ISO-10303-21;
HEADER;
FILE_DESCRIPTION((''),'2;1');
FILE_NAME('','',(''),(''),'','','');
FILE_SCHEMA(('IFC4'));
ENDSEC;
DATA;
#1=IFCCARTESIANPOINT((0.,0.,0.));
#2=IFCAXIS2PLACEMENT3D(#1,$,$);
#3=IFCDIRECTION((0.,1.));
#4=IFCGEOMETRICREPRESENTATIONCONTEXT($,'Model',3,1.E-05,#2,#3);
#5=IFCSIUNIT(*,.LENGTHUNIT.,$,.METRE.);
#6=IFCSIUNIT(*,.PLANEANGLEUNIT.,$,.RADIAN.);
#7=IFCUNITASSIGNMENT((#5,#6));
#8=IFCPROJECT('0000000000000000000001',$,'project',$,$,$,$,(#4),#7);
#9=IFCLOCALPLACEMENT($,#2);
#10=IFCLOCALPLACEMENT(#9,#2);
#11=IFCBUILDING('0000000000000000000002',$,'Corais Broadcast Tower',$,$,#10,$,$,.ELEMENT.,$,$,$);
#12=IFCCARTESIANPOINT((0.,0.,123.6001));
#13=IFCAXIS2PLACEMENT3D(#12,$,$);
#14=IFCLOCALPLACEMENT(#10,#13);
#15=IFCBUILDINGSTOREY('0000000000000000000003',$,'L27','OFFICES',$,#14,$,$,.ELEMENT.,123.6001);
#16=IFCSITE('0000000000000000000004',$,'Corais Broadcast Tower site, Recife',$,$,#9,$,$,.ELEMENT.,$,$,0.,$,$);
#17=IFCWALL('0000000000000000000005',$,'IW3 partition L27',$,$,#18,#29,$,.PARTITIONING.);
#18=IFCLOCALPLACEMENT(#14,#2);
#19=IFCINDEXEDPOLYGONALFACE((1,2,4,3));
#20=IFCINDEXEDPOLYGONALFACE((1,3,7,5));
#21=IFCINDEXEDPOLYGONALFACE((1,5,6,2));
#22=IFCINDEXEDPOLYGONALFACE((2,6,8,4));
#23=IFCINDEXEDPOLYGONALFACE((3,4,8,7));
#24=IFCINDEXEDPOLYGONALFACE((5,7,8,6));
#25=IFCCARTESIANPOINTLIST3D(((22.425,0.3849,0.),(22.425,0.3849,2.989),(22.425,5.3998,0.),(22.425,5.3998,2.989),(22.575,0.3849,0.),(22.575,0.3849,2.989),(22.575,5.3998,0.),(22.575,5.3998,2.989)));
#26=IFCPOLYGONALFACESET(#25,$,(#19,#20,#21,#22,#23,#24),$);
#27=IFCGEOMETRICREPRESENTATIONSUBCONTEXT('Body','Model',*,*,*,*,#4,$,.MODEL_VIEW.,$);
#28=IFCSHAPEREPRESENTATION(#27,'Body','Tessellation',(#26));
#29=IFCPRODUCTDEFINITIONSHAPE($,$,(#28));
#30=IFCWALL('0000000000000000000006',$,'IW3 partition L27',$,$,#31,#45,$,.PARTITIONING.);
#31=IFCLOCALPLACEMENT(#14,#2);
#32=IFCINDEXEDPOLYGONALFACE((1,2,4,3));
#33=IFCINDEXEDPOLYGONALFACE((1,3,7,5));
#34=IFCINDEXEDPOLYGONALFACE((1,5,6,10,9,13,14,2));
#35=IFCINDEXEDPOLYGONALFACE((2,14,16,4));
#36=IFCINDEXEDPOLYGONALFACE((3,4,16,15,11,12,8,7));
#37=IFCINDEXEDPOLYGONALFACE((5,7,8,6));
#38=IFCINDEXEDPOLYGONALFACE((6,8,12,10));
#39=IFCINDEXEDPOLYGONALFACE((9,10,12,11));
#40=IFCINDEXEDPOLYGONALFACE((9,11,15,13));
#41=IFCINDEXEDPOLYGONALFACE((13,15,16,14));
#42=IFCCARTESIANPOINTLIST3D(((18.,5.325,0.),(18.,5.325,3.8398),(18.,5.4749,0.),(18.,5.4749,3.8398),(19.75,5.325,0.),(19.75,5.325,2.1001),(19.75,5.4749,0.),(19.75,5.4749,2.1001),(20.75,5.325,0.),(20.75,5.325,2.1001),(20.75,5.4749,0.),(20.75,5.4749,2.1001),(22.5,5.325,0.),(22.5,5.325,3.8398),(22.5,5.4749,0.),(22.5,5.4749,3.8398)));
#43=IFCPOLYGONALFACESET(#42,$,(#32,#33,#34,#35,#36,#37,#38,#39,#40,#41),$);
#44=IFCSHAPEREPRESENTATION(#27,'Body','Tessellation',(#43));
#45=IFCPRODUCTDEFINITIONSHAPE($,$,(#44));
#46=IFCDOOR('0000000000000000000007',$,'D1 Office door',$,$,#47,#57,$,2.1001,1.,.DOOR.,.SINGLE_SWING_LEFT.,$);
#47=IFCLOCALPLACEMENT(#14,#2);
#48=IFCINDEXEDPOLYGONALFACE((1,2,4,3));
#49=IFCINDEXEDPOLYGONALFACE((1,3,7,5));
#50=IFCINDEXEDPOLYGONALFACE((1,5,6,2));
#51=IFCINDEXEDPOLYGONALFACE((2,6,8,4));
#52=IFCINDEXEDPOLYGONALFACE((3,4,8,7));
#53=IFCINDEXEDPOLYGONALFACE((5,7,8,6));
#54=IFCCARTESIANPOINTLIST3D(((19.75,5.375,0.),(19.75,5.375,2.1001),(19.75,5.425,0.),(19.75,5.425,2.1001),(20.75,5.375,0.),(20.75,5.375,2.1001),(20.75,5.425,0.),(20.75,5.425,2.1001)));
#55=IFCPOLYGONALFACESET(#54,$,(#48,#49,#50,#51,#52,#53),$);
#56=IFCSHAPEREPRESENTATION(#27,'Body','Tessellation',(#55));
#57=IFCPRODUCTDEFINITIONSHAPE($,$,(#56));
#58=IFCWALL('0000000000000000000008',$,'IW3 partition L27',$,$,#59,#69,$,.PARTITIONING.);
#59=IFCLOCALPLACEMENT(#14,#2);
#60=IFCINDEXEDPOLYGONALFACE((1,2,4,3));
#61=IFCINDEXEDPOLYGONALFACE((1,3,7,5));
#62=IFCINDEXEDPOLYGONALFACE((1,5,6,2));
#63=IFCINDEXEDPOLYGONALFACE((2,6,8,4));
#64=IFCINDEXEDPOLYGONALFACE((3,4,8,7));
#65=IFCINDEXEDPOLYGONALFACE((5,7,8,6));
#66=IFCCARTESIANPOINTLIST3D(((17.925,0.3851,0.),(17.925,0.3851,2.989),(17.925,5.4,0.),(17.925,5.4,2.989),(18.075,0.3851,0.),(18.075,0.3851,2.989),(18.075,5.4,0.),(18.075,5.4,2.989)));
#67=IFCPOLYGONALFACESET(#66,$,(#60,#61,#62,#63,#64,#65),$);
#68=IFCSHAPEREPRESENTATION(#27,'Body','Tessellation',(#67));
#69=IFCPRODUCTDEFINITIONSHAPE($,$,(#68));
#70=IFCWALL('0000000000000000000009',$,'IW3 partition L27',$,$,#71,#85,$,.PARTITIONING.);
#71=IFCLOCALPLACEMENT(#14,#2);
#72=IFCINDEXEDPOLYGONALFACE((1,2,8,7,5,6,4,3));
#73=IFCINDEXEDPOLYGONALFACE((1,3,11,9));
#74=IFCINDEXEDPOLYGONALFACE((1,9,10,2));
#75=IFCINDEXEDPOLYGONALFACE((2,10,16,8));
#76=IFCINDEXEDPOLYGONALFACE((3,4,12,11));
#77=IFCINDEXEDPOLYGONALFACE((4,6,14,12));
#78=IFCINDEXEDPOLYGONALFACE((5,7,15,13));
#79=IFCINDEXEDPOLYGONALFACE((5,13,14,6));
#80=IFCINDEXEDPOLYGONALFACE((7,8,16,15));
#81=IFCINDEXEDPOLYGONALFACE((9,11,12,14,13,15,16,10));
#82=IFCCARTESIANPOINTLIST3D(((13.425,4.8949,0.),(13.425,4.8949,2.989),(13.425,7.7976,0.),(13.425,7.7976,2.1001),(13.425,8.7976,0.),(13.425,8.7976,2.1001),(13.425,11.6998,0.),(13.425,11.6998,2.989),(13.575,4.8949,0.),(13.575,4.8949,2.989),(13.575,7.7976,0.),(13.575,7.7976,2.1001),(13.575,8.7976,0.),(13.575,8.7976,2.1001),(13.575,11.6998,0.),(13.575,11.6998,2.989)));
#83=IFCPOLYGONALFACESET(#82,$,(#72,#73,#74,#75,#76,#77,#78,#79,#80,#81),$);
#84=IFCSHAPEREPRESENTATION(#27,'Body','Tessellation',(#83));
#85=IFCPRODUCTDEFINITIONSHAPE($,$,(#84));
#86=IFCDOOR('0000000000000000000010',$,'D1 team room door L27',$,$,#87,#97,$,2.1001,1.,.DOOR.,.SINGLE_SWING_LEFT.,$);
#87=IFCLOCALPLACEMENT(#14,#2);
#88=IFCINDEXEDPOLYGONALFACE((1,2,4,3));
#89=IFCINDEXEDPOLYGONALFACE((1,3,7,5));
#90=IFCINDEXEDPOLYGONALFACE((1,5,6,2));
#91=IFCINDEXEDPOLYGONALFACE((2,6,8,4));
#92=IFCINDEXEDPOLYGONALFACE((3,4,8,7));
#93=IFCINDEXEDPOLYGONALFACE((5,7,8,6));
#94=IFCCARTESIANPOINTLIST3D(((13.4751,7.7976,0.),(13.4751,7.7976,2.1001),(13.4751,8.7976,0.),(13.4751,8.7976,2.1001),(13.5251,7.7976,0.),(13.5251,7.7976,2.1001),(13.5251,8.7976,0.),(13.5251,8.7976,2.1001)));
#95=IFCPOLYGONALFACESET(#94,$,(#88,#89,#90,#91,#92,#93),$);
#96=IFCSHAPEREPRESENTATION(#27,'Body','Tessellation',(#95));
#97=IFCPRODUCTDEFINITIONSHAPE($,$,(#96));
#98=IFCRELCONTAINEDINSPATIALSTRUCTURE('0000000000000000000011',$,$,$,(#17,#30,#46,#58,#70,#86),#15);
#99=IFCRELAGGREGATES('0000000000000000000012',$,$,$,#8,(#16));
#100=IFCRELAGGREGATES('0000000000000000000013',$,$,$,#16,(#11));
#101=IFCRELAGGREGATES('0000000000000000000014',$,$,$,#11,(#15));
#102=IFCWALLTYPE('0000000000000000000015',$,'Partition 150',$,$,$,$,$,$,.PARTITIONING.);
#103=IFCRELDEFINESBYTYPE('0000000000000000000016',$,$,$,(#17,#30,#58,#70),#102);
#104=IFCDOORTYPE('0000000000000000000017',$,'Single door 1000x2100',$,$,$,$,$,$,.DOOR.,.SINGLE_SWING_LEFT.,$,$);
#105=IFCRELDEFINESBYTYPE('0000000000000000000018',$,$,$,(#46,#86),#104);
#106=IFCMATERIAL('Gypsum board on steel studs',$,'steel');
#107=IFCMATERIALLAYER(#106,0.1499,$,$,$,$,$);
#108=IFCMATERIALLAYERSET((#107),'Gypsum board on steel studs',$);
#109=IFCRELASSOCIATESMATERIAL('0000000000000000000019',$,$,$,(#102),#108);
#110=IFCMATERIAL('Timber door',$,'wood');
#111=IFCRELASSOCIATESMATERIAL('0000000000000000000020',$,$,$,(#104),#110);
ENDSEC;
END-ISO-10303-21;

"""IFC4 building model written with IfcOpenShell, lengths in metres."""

from ifc_helpers import new_model, si_unit, direction, frame, frame_2d, origin, place, context, subcontext, project, spatial, rectangle, extrude, material, layer, layer_set, type_object, element, fill, save


model = new_model("IFC4")

# Units and contexts
model_context = context("Model", 3, precision=1e-05, world=origin(), true_north=direction((0.0, 1.0)))
body_context = subcontext(model_context, "Body", "Model", "MODEL_VIEW")
ifc_project = project(units=[si_unit("LENGTHUNIT", "METRE"), si_unit("PLANEANGLEUNIT", "RADIAN")], contexts=[model_context])

# Site, building, storey
site_placement = place(None, origin())
site = spatial("IfcSite", under=ifc_project, at=site_placement, Name="Corais Broadcast Tower site, Recife", CompositionType="ELEMENT", RefElevation=0.0)
building_placement = place(site_placement, origin())
building = spatial("IfcBuilding", under=site, at=building_placement, Name="Corais Broadcast Tower", CompositionType="ELEMENT")
storey_placement = place(building_placement, frame((0.0, 0.0, 123.6001)))
storey = spatial("IfcBuildingStorey", under=building, at=storey_placement, Name="L27", Description="OFFICES", CompositionType="ELEMENT", Elevation=123.6001)

# Wall
ifc_material_1 = material(Name="Gypsum board on steel studs", Category="steel")
ifc_layer_1 = layer(ifc_material_1, 0.1499)
ifc_layer_set_1 = layer_set([ifc_layer_1], Name="Gypsum board on steel studs")
wall_type = type_object("IfcWallType", Name="Partition 150", PredefinedType="PARTITIONING", material=ifc_layer_set_1)
wall_1_placement = place(storey_placement, frame((22.5, 0.385, 0.0), z_axis=(0.0, 0.0, 1.0), x_axis=(0.0, 1.0, 0.0)))
element("IfcWall", 1, at=wall_1_placement, inside=storey, type_object=wall_type, Name="IW3 partition L27", PredefinedType="PARTITIONING", context=body_context, shape_type="SweptSolid", body=[
    extrude(rectangle(XDim=5.0149, YDim=0.1499, at=frame_2d((2.5073, 0.0))), origin(), (0.0, 0.0, 1.0), 2.989),
])

# Wall, opening, door
wall_2_placement = place(storey_placement, frame((22.5, 5.3999, 0.0), z_axis=(0.0, 0.0, 1.0), x_axis=(-1.0, 0.0, 0.0)))
wall_2 = element("IfcWall", 2, at=wall_2_placement, inside=storey, type_object=wall_type, Name="IW3 partition L27", PredefinedType="PARTITIONING", context=body_context, shape_type="SweptSolid", body=[
    extrude(rectangle(XDim=4.5, YDim=0.1499, at=frame_2d((2.25, 0.0))), origin(), (0.0, 0.0, 1.0), 3.8398),
])
opening_1_placement = place(wall_2_placement, frame((1.75, 0.0, 0.0)))
opening_1 = element("IfcOpeningElement", 3, at=opening_1_placement, cuts=wall_2, PredefinedType="OPENING", context=body_context, shape_type="SweptSolid", body=[
    extrude(rectangle(XDim=1.0, YDim=2.1001, at=frame_2d((0.5, 1.05))), frame((0.0, 0.085, 0.0), z_axis=(0.0, -1.0, 0.0), x_axis=(1.0, 0.0, 0.0)), (0.0, 0.0, 1.0), 0.1699),
])
ifc_material_2 = material(Name="Timber door", Category="wood")
door_type = type_object("IfcDoorType", Name="Single door 1000x2100", OperationType="SINGLE_SWING_LEFT", PredefinedType="DOOR", material=ifc_material_2)
door_1_placement = place(opening_1_placement, origin())
door_1 = element("IfcDoor", 4, at=door_1_placement, inside=storey, type_object=door_type, Name="D1 Office door", OperationType="SINGLE_SWING_LEFT", OverallHeight=2.1001, OverallWidth=1.0, PredefinedType="DOOR", context=body_context, shape_type="SweptSolid", body=[
    extrude(rectangle(XDim=1.0, YDim=2.1001, at=frame_2d((0.5, 1.05))), frame((0.0, 0.0249, 0.0), z_axis=(0.0, -1.0, 0.0), x_axis=(1.0, 0.0, 0.0)), (0.0, 0.0, 1.0), 0.05),
])
fill(opening_1, door_1)

# Wall
wall_3_placement = place(storey_placement, frame((18.0, 5.3999, 0.0), z_axis=(0.0, 0.0, 1.0), x_axis=(0.0, -1.0, 0.0)))
element("IfcWall", 5, at=wall_3_placement, inside=storey, type_object=wall_type, Name="IW3 partition L27", PredefinedType="PARTITIONING", context=body_context, shape_type="SweptSolid", body=[
    extrude(rectangle(XDim=5.0149, YDim=0.1499, at=frame_2d((2.5073, 0.0))), origin(), (0.0, 0.0, 1.0), 2.989),
])

# Wall, opening, door
wall_4_placement = place(storey_placement, frame((13.5, 4.895, 0.0), z_axis=(0.0, 0.0, 1.0), x_axis=(0.0, 1.0, 0.0)))
wall_4 = element("IfcWall", 6, at=wall_4_placement, inside=storey, type_object=wall_type, Name="IW3 partition L27", PredefinedType="PARTITIONING", context=body_context, shape_type="SweptSolid", body=[
    extrude(rectangle(XDim=6.8049, YDim=0.1499, at=frame_2d((3.4023, 0.0))), origin(), (0.0, 0.0, 1.0), 2.989),
])
opening_2_placement = place(wall_4_placement, frame((2.9026, 0.0, 0.0)))
opening_2 = element("IfcOpeningElement", 7, at=opening_2_placement, cuts=wall_4, PredefinedType="OPENING", context=body_context, shape_type="SweptSolid", body=[
    extrude(rectangle(XDim=1.0, YDim=2.1001, at=frame_2d((0.5, 1.05))), frame((0.0, 0.085, 0.0), z_axis=(0.0, -1.0, 0.0), x_axis=(1.0, 0.0, 0.0)), (0.0, 0.0, 1.0), 0.1699),
])
door_2_placement = place(opening_2_placement, origin())
door_2 = element("IfcDoor", 8, at=door_2_placement, inside=storey, type_object=door_type, Name="D1 team room door L27", OperationType="SINGLE_SWING_LEFT", OverallHeight=2.1001, OverallWidth=1.0, PredefinedType="DOOR", context=body_context, shape_type="SweptSolid", body=[
    extrude(rectangle(XDim=1.0, YDim=2.1001, at=frame_2d((0.5, 1.05))), frame((0.0, 0.0249, 0.0), z_axis=(0.0, -1.0, 0.0), x_axis=(1.0, 0.0, 0.0)), (0.0, 0.0, 1.0), 0.05),
])
fill(opening_2, door_2)

save(model, "model.ifc")
